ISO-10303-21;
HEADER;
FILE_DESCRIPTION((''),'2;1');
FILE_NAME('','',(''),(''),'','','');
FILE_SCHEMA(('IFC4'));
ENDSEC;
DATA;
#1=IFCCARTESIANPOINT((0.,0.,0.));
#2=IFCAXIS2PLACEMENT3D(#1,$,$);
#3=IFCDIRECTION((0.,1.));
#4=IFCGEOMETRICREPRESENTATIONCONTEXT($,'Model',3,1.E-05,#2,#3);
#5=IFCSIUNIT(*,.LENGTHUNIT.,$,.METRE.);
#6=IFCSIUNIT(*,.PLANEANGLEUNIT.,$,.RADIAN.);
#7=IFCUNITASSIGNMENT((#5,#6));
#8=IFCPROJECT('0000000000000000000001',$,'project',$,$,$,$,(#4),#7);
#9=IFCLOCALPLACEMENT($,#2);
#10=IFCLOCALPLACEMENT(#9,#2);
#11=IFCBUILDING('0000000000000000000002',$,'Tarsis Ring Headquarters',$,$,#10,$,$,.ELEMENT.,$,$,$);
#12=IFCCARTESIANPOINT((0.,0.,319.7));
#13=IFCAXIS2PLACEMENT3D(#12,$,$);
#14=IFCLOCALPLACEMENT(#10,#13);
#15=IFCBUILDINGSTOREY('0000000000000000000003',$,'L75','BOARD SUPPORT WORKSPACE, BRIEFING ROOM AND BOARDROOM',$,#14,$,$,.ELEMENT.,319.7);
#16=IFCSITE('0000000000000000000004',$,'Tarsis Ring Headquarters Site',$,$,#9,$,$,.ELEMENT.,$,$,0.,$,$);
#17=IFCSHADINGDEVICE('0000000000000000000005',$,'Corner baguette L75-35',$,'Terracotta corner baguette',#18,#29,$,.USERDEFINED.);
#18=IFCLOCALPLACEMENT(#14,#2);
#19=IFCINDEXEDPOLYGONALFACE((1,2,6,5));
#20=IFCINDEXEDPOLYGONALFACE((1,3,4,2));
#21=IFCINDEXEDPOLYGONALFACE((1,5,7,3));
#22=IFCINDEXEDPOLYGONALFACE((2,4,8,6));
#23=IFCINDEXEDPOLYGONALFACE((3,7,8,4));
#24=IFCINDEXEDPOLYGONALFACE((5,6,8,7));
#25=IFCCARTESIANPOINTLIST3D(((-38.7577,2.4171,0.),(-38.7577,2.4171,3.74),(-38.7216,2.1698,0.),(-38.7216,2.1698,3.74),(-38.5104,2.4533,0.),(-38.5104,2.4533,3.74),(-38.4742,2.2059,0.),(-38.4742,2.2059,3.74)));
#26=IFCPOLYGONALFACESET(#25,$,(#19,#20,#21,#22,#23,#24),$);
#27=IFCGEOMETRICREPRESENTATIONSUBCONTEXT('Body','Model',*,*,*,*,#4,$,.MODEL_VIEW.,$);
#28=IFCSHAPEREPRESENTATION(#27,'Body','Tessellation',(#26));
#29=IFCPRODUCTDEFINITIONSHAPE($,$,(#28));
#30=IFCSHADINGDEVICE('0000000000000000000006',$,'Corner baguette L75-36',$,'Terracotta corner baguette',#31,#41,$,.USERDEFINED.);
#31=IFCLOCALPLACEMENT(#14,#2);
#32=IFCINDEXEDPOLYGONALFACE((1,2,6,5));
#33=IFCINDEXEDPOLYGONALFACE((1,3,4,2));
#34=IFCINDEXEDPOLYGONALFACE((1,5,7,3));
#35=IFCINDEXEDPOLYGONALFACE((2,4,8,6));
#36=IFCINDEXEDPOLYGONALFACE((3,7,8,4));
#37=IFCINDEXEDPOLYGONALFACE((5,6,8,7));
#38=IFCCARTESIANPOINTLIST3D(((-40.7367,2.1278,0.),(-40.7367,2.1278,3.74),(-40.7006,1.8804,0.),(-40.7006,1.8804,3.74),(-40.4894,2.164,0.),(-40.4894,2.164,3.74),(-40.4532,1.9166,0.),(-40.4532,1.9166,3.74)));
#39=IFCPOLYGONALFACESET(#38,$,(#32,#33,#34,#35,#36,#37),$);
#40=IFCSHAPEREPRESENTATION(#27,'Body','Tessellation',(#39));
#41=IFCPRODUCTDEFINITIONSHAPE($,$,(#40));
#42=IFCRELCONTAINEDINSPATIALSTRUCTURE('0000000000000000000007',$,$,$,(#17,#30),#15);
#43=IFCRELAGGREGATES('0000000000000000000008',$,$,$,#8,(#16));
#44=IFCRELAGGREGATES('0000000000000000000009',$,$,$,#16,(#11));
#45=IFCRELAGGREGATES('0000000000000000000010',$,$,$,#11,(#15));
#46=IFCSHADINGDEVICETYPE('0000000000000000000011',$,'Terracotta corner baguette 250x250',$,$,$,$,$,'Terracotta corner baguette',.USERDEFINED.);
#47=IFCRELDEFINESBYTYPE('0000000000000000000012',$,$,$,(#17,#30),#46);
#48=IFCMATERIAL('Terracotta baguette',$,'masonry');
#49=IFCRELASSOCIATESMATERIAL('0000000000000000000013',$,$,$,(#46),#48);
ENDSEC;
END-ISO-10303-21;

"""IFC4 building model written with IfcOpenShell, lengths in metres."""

from ifc_helpers import new_model, si_unit, direction, frame, origin, origin_2d, place, context, subcontext, project, spatial, rectangle, extrude, material, type_object, element, save


model = new_model("IFC4")

# Units and contexts
model_context = context("Model", 3, precision=1e-05, world=origin(), true_north=direction((0.0, 1.0)))
body_context = subcontext(model_context, "Body", "Model", "MODEL_VIEW")
ifc_project = project(units=[si_unit("LENGTHUNIT", "METRE"), si_unit("PLANEANGLEUNIT", "RADIAN")], contexts=[model_context])

# Site, building, storey
site_placement = place(None, origin())
site = spatial("IfcSite", under=ifc_project, at=site_placement, Name="Tarsis Ring Headquarters Site", CompositionType="ELEMENT", RefElevation=0.0)
building_placement = place(site_placement, origin())
building = spatial("IfcBuilding", under=site, at=building_placement, Name="Tarsis Ring Headquarters", CompositionType="ELEMENT")
storey_placement = place(building_placement, frame((0.0, 0.0, 319.7)))
storey = spatial("IfcBuildingStorey", under=building, at=storey_placement, Name="L75", Description="BOARD SUPPORT WORKSPACE, BRIEFING ROOM AND BOARDROOM", CompositionType="ELEMENT", Elevation=319.7)

# Shading devices
ifc_material_1 = material(Name="Terracotta baguette", Category="masonry")
shading_device_type_1 = type_object("IfcShadingDeviceType", Name="Terracotta corner baguette 250x250", ElementType="Terracotta corner baguette", PredefinedType="USERDEFINED", material=ifc_material_1)
for number, where, z_axis, x_axis, name in (
    (1, (-38.616, 2.3115, 0.0), (0.0, 0.0, 1.0), (0.144702, -0.989475, 0.0), "Corner baguette L75-35"),
    (2, (-40.595, 2.0222, 0.0), (0.0, 0.0, 1.0), (-0.989475, -0.144701, 0.0), "Corner baguette L75-36"),
):
    element("IfcShadingDevice", number, at=place(storey_placement, frame(where, z_axis=z_axis, x_axis=x_axis)), inside=storey, type_object=shading_device_type_1, Name=name, ObjectType="Terracotta corner baguette", PredefinedType="USERDEFINED", context=body_context, shape_type="SweptSolid", body=[
        extrude(rectangle(XDim=0.25, YDim=0.25, at=origin_2d()), origin(), (0.0, 0.0, 1.0), 3.74),
    ])

save(model, "model.ifc")
